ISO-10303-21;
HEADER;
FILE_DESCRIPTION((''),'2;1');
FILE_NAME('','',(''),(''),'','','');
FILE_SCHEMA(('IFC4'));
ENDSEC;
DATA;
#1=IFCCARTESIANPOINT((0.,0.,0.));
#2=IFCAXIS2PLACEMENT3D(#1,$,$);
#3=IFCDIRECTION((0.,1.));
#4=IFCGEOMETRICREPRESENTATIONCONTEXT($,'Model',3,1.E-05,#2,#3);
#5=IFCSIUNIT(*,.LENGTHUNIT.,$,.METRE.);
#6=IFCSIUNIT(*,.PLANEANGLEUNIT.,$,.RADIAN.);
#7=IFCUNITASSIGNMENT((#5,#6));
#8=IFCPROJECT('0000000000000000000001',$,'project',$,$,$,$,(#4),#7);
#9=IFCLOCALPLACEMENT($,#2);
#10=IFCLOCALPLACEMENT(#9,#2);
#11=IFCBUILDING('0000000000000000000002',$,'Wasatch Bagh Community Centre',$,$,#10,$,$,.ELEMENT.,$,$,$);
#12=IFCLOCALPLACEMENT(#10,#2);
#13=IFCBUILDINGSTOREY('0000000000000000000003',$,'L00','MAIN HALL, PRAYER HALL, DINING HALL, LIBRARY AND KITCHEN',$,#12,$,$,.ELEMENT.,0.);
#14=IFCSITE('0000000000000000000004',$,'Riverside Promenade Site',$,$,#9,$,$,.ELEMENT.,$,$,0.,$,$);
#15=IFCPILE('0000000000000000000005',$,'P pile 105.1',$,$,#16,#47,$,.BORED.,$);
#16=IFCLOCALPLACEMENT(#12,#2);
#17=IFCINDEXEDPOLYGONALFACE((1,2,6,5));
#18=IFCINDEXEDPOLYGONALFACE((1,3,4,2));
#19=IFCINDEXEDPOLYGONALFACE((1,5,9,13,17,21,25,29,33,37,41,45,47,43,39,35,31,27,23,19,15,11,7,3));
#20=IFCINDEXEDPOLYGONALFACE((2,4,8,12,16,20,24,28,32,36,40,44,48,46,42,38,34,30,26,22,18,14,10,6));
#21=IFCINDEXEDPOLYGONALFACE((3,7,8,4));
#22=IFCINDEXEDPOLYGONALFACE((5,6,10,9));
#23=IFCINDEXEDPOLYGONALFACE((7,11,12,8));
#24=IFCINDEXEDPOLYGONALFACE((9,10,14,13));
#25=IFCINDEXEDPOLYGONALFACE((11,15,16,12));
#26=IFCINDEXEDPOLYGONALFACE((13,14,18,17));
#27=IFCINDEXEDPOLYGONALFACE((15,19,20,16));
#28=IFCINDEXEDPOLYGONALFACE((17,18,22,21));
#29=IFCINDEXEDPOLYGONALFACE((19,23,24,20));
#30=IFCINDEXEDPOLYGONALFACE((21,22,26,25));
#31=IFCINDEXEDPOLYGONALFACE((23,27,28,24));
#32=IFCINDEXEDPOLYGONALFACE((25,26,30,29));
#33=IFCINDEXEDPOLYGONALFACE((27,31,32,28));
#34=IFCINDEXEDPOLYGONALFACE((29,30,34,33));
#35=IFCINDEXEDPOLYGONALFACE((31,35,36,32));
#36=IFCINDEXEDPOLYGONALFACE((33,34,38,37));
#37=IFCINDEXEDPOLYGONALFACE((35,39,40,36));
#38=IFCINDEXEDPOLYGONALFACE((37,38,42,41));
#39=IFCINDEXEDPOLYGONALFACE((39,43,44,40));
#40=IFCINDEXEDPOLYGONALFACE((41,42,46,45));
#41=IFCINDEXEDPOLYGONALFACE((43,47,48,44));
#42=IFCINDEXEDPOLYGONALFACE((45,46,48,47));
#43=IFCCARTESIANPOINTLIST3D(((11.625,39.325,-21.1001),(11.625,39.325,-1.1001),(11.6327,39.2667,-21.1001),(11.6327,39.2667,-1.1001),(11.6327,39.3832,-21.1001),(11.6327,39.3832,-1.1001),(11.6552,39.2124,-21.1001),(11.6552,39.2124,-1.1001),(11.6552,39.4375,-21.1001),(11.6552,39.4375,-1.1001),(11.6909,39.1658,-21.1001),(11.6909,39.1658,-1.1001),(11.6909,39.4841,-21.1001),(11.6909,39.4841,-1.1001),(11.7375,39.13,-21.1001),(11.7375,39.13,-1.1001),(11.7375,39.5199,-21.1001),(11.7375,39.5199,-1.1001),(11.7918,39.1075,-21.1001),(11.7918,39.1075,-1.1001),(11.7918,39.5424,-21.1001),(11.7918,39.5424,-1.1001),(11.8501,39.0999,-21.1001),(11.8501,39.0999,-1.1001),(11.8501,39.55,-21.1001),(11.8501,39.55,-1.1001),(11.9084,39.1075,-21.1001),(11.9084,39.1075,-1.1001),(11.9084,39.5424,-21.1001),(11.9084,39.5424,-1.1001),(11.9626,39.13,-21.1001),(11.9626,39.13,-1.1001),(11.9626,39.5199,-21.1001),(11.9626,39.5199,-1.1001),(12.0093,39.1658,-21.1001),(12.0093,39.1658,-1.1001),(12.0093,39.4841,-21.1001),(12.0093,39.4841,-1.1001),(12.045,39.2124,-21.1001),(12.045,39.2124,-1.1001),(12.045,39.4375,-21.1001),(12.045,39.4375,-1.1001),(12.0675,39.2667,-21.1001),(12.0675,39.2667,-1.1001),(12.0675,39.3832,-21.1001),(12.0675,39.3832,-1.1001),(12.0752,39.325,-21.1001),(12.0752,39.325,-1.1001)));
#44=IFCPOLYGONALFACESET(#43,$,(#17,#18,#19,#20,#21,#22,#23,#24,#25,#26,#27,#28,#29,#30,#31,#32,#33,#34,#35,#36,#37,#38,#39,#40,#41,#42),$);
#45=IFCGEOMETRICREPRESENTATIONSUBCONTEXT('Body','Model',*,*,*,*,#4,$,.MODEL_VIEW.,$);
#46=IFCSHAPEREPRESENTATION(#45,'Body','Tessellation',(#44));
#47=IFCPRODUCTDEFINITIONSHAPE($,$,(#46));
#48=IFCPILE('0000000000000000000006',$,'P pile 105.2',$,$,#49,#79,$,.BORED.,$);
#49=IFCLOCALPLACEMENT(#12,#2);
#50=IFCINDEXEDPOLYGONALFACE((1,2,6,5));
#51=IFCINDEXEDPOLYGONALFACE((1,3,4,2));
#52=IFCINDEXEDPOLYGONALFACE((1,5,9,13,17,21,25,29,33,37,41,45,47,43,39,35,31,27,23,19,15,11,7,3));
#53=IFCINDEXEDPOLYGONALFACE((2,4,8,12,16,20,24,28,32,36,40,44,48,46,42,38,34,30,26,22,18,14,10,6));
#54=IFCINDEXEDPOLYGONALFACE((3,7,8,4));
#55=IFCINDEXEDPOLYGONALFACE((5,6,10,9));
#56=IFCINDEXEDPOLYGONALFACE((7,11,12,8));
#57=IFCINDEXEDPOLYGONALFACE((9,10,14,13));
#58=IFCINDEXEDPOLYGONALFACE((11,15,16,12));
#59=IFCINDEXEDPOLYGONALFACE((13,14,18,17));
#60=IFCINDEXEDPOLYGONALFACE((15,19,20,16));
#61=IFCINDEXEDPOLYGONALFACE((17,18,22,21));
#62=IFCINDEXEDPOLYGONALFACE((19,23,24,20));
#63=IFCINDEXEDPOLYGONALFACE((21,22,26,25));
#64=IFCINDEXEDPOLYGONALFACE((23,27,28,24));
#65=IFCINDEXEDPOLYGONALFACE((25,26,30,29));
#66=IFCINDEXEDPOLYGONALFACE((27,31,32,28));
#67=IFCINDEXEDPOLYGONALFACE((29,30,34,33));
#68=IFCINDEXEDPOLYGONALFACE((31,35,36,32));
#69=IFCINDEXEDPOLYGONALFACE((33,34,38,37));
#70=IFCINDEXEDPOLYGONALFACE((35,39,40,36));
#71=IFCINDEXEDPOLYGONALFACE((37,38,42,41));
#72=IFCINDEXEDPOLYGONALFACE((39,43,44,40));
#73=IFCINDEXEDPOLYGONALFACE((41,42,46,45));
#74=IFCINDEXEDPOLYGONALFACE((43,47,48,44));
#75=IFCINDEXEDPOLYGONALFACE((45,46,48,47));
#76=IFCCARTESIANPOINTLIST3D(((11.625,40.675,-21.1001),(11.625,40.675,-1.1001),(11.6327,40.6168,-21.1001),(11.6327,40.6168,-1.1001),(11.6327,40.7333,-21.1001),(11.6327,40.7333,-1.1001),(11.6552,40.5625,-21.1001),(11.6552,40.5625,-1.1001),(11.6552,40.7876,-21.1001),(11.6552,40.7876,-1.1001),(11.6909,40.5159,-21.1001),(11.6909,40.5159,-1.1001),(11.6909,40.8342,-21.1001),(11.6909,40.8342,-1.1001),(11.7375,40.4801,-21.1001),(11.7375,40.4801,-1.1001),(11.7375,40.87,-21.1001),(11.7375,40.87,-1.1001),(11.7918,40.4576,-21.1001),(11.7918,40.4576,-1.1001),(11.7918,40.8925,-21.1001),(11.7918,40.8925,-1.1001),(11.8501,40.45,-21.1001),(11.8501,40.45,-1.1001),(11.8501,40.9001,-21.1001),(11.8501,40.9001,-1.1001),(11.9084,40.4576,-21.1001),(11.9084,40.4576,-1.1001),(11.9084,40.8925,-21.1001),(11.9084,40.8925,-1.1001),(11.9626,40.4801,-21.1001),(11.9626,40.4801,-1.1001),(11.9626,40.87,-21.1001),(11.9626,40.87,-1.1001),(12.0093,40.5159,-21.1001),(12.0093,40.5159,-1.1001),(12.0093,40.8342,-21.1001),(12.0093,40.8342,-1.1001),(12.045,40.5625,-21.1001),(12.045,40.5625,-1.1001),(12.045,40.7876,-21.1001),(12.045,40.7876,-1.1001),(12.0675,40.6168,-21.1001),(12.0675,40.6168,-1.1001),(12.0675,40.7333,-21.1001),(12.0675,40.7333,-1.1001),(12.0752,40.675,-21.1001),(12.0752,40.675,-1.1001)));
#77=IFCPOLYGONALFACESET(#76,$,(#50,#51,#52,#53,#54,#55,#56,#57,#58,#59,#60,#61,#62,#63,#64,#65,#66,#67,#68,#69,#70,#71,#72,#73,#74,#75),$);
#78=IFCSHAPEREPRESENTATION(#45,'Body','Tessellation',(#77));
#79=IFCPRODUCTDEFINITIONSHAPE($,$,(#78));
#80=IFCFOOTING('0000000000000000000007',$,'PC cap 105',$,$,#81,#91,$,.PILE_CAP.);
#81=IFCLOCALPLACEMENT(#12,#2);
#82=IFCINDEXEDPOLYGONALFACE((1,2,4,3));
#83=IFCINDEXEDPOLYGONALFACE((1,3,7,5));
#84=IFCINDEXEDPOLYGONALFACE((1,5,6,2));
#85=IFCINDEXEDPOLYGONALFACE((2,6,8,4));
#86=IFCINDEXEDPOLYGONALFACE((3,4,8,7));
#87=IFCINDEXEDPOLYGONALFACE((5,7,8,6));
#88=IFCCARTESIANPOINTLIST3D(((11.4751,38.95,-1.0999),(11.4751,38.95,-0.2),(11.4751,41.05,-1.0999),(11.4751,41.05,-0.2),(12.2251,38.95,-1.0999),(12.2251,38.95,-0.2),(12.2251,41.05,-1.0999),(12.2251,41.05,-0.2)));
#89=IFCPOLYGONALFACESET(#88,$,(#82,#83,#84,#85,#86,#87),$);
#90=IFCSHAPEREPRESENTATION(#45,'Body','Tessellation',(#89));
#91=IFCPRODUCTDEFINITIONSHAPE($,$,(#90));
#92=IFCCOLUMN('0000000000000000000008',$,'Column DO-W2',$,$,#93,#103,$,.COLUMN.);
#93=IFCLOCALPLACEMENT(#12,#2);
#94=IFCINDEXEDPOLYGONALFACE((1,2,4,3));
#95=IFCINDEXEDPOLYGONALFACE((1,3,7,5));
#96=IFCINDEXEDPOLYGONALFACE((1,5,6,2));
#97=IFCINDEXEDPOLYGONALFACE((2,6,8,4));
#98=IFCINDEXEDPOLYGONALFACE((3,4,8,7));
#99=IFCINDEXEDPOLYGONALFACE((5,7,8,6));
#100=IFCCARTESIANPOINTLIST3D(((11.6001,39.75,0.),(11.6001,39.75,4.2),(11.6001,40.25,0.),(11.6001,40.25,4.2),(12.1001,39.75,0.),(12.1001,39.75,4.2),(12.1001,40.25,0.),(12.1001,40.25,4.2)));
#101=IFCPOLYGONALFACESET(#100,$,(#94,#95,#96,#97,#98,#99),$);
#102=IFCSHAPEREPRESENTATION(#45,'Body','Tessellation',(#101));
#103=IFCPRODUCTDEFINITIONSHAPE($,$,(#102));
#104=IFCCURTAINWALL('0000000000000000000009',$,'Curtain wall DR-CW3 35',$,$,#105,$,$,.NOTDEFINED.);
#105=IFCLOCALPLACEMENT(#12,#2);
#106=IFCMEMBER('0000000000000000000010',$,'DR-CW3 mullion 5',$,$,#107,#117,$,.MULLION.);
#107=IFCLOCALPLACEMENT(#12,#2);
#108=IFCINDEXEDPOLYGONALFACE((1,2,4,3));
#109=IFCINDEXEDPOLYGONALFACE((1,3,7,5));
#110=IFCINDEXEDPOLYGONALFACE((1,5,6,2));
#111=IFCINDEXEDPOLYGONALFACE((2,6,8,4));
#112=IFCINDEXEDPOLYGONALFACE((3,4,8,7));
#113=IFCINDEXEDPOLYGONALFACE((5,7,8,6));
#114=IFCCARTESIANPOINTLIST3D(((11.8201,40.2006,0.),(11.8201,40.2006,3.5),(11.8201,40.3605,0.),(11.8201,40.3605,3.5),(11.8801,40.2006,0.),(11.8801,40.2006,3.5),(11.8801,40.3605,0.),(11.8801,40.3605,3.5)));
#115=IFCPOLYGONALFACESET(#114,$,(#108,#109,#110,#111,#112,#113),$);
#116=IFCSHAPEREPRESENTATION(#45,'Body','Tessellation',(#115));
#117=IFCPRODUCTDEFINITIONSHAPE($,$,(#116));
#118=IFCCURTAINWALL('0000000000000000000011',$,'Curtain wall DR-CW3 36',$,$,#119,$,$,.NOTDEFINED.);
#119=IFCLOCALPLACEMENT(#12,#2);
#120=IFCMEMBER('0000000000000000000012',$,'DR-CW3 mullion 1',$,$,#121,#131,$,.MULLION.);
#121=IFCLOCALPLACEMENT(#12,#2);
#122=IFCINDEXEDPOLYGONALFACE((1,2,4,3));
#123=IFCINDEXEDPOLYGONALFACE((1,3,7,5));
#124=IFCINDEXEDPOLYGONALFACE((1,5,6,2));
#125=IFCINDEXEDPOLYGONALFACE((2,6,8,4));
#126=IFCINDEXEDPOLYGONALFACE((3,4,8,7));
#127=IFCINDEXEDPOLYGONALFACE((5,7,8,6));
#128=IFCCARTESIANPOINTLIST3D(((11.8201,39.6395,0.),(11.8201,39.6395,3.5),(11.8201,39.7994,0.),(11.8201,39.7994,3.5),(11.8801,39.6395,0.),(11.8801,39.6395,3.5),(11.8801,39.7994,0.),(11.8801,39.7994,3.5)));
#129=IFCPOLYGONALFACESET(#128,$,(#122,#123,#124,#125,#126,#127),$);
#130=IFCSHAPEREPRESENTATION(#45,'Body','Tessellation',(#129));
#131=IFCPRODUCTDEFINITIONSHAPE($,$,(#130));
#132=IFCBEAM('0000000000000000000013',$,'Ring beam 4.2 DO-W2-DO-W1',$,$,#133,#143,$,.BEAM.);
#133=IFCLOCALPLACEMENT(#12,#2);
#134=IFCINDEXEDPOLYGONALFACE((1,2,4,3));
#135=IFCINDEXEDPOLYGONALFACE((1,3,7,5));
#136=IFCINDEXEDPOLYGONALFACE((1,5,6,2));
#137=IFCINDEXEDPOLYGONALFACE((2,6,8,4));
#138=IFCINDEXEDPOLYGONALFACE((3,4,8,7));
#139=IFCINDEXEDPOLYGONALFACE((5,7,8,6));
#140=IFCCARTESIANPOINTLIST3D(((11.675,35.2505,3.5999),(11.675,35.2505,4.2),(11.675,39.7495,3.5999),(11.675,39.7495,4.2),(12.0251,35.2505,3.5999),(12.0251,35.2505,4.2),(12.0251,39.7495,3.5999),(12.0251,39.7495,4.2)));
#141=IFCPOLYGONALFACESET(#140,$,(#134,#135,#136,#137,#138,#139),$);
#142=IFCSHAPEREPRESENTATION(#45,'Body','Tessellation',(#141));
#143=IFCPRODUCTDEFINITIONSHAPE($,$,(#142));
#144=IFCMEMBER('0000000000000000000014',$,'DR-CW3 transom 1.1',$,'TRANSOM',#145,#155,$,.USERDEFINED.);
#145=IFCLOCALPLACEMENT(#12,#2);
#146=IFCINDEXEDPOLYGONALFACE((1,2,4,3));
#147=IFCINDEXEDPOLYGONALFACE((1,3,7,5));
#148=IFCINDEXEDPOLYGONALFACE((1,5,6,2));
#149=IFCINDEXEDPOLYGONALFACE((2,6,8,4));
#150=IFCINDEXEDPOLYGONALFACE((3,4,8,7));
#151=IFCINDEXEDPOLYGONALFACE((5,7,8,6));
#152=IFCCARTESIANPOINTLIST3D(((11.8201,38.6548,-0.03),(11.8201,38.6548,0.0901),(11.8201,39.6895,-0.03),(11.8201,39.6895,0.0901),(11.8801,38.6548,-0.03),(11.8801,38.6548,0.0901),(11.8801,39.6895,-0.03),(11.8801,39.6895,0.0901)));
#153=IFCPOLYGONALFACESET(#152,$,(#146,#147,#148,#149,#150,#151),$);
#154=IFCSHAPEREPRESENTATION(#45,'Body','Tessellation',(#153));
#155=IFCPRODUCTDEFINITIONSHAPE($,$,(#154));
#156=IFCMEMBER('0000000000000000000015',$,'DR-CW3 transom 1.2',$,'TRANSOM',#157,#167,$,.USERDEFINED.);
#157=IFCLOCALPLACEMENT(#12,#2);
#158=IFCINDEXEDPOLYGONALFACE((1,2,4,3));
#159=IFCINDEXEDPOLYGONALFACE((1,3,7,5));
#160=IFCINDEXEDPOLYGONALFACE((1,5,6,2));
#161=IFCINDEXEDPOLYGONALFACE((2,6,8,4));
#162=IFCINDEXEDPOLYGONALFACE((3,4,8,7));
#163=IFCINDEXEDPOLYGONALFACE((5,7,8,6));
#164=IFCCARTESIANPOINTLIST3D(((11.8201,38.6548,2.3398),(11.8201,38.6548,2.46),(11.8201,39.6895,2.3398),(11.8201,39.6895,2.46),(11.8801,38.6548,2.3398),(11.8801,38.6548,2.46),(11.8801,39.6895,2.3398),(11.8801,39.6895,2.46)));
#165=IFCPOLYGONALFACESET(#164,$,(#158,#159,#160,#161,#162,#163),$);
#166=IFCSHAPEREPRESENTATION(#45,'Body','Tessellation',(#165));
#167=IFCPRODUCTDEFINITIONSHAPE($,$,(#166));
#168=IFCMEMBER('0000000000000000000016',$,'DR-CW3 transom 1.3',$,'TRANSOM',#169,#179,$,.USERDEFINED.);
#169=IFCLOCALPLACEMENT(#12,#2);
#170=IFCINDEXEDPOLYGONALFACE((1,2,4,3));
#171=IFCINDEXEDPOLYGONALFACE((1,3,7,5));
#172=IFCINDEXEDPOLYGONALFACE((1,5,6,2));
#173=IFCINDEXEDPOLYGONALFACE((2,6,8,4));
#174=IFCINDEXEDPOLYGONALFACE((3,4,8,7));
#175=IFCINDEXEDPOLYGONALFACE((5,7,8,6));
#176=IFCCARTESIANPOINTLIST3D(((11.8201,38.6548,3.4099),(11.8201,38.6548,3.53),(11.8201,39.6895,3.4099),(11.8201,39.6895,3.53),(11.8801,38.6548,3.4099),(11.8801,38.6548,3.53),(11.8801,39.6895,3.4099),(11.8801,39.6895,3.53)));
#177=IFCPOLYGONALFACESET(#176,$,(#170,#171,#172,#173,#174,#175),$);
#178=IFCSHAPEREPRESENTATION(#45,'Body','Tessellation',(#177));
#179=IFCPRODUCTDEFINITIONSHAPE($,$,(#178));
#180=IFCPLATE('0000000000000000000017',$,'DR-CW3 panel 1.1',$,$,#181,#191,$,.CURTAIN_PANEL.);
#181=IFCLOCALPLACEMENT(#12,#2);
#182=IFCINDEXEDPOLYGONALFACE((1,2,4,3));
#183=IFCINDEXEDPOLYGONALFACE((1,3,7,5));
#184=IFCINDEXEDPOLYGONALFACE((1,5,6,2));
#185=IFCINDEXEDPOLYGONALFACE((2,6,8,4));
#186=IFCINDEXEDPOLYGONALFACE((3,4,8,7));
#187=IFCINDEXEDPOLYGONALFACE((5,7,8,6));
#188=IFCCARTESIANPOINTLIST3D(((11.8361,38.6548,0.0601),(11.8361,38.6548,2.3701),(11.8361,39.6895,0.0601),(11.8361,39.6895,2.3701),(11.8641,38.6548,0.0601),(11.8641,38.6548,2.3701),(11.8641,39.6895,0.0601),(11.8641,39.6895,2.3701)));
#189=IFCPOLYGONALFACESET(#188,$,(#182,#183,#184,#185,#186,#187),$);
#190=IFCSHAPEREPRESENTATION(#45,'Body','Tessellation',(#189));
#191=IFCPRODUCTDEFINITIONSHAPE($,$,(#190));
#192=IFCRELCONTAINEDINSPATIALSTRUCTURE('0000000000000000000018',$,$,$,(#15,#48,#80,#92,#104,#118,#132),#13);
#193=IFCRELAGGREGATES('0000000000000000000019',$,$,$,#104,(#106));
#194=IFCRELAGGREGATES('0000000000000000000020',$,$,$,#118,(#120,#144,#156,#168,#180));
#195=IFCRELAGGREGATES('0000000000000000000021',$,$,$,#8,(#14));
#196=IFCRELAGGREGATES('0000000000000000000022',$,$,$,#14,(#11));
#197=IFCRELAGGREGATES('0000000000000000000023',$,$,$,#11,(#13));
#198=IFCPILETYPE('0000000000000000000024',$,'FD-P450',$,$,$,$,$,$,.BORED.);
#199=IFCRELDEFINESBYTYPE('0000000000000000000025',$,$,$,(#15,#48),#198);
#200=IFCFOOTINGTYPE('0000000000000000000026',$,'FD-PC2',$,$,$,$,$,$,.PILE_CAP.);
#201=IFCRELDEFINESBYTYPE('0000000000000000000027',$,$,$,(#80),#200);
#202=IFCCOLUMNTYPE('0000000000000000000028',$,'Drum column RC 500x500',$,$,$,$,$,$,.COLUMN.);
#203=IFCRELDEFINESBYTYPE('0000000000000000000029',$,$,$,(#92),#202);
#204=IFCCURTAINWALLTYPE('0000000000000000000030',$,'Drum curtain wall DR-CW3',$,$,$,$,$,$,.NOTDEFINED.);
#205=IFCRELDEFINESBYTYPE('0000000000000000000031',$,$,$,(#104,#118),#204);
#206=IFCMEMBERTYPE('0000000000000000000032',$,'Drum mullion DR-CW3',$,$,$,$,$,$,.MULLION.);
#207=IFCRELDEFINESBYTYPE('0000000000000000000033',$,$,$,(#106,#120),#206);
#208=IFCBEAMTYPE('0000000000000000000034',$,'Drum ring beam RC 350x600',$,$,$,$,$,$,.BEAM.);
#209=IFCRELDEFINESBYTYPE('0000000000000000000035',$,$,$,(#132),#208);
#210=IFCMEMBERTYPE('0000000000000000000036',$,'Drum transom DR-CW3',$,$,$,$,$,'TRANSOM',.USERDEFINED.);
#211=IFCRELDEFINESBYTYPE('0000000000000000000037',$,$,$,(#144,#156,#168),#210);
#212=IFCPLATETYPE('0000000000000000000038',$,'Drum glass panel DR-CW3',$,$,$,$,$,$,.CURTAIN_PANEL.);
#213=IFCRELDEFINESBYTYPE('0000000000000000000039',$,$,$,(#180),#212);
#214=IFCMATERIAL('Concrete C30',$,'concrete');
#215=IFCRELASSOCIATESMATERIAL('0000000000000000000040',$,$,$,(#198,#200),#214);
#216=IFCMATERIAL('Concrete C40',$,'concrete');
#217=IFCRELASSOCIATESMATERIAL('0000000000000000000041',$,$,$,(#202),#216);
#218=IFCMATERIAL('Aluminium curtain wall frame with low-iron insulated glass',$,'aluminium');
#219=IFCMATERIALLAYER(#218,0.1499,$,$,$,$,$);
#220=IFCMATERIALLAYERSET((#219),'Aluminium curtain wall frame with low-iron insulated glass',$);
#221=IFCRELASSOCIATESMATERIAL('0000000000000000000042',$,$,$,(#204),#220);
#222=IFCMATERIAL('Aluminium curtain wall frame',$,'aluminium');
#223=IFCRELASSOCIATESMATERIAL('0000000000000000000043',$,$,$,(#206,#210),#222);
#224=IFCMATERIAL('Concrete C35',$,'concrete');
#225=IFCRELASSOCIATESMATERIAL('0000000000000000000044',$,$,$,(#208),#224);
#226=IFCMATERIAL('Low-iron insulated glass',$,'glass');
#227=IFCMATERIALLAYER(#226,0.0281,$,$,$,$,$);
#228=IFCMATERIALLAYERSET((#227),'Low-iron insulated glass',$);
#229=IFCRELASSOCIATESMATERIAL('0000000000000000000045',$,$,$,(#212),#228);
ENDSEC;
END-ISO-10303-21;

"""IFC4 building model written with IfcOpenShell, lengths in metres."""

from ifc_helpers import new_model, si_unit, direction, frame, origin, origin_2d, place, context, subcontext, project, spatial, rectangle, circle, extrude, material, layer, layer_set, material_profile, profile_set, type_object, element, aggregate, save


model = new_model("IFC4")

# Units and contexts
model_context = context("Model", 3, precision=1e-05, world=origin(), true_north=direction((0.0, 1.0)))
body_context = subcontext(model_context, "Body", "Model", "MODEL_VIEW")
ifc_project = project(units=[si_unit("LENGTHUNIT", "METRE"), si_unit("PLANEANGLEUNIT", "RADIAN")], contexts=[model_context])

# Site, building, storey
site_placement = place(None, origin())
site = spatial("IfcSite", under=ifc_project, at=site_placement, Name="Riverside Promenade Site", CompositionType="ELEMENT", RefElevation=0.0)
building_placement = place(site_placement, origin())
building = spatial("IfcBuilding", under=site, at=building_placement, Name="Wasatch Bagh Community Centre", CompositionType="ELEMENT")
storey_placement = place(building_placement, origin())
storey = spatial("IfcBuildingStorey", under=building, at=storey_placement, Name="L00", Description="MAIN HALL, PRAYER HALL, DINING HALL, LIBRARY AND KITCHEN", CompositionType="ELEMENT", Elevation=0.0)

# Piles
ifc_material_1 = material(Name="Concrete C30", Category="concrete")
ifc_material_profile_1 = material_profile(ifc_material_1, circle(Radius=0.2251, at=origin_2d()), Name="RC D450")
ifc_profile_set_1 = profile_set([ifc_material_profile_1], Name="Concrete C30")
pile_type = type_object("IfcPileType", Name="FD-P450", PredefinedType="BORED", material=ifc_profile_set_1)
for number, where, z_axis, x_axis, name in (
    (1, (11.8501, 39.325, -1.1001), (0.0, 0.0, -1.0), (1.0, 0.0, 0.0), "P pile 105.1"),
    (2, (11.8501, 40.675, -1.1001), (0.0, 0.0, -1.0), (1.0, 0.0, 0.0), "P pile 105.2"),
):
    element("IfcPile", number, at=place(storey_placement, frame(where, z_axis=z_axis, x_axis=x_axis)), inside=storey, type_object=pile_type, Name=name, PredefinedType="BORED", context=body_context, shape_type="SweptSolid", body=[
        extrude(circle(Radius=0.2251, at=origin_2d()), origin(), (0.0, 0.0, 1.0), 20.0),
    ])

# Footing
footing_type = type_object("IfcFootingType", Name="FD-PC2", PredefinedType="PILE_CAP", material=ifc_material_1)
footing_placement = place(storey_placement, frame((11.8501, 40.0, -1.0999), z_axis=(0.0, 0.0, 1.0), x_axis=(0.0, 1.0, 0.0)))
element("IfcFooting", 3, at=footing_placement, inside=storey, type_object=footing_type, Name="PC cap 105", PredefinedType="PILE_CAP", context=body_context, shape_type="SweptSolid", body=[
    extrude(rectangle(XDim=2.1001, YDim=0.75, at=origin_2d()), origin(), (0.0, 0.0, 1.0), 0.8999),
])

# Column
ifc_material_2 = material(Name="Concrete C40", Category="concrete")
ifc_material_profile_2 = material_profile(ifc_material_2, rectangle(XDim=0.5, YDim=0.5, at=origin_2d()), Name="RC 500x500")
ifc_profile_set_2 = profile_set([ifc_material_profile_2], Name="Concrete C40")
column_type = type_object("IfcColumnType", Name="Drum column RC 500x500", PredefinedType="COLUMN", material=ifc_profile_set_2)
column_placement = place(storey_placement, frame((11.8501, 40.0, 0.0), z_axis=(0.0, 0.0, 1.0), x_axis=(1.0, 0.0, 0.0)))
element("IfcColumn", 4, at=column_placement, inside=storey, type_object=column_type, Name="Column DO-W2", PredefinedType="COLUMN", context=body_context, shape_type="SweptSolid", body=[
    extrude(rectangle(XDim=0.5, YDim=0.5, at=origin_2d()), origin(), (0.0, 0.0, 1.0), 4.2),
])

# Curtain walls, members
ifc_material_3 = material(Name="Aluminium curtain wall frame with low-iron insulated glass", Category="aluminium")
ifc_layer_1 = layer(ifc_material_3, 0.1499)
ifc_layer_set_1 = layer_set([ifc_layer_1], Name="Aluminium curtain wall frame with low-iron insulated glass")
curtain_wall_type = type_object("IfcCurtainWallType", Name="Drum curtain wall DR-CW3", PredefinedType="NOTDEFINED", material=ifc_layer_set_1)
curtain_wall_1_placement = place(storey_placement, origin())
curtain_wall_1 = element("IfcCurtainWall", 5, at=curtain_wall_1_placement, inside=storey, type_object=curtain_wall_type, Name="Curtain wall DR-CW3 35", PredefinedType="NOTDEFINED")
ifc_material_4 = material(Name="Aluminium curtain wall frame", Category="aluminium")
ifc_material_profile_3 = material_profile(ifc_material_4, rectangle(XDim=0.0601, YDim=0.1599, at=origin_2d()), Name="Drum mullion DR-CW3")
ifc_profile_set_3 = profile_set([ifc_material_profile_3], Name="Aluminium curtain wall frame")
member_type_1 = type_object("IfcMemberType", Name="Drum mullion DR-CW3", PredefinedType="MULLION", material=ifc_profile_set_3)
member_1_placement = place(storey_placement, frame((11.8501, 40.2805, 0.0), z_axis=(0.0, 0.0, 1.0), x_axis=(1.0, 0.0, 0.0)))
member_1 = element("IfcMember", 6, at=member_1_placement, type_object=member_type_1, Name="DR-CW3 mullion 5", PredefinedType="MULLION", context=body_context, shape_type="SweptSolid", body=[
    extrude(rectangle(XDim=0.0601, YDim=0.1599, at=origin_2d()), origin(), (0.0, 0.0, 1.0), 3.5),
])
aggregate(curtain_wall_1, [member_1])
curtain_wall_2_placement = place(storey_placement, origin())
curtain_wall_2 = element("IfcCurtainWall", 7, at=curtain_wall_2_placement, inside=storey, type_object=curtain_wall_type, Name="Curtain wall DR-CW3 36", PredefinedType="NOTDEFINED")
member_2_placement = place(storey_placement, frame((11.8501, 39.7195, 0.0), z_axis=(0.0, 0.0, 1.0), x_axis=(1.0, 0.0, 0.0)))
member_2 = element("IfcMember", 8, at=member_2_placement, type_object=member_type_1, Name="DR-CW3 mullion 1", PredefinedType="MULLION", context=body_context, shape_type="SweptSolid", body=[
    extrude(rectangle(XDim=0.0601, YDim=0.1599, at=origin_2d()), origin(), (0.0, 0.0, 1.0), 3.5),
])

# Beam
ifc_material_5 = material(Name="Concrete C35", Category="concrete")
ifc_material_profile_4 = material_profile(ifc_material_5, rectangle(XDim=0.3501, YDim=0.6001, at=origin_2d()), Name="RC 350x600")
ifc_profile_set_4 = profile_set([ifc_material_profile_4], Name="Concrete C35")
beam_type = type_object("IfcBeamType", Name="Drum ring beam RC 350x600", PredefinedType="BEAM", material=ifc_profile_set_4)
beam_placement = place(storey_placement, frame((11.8501, 39.7495, 3.8999), z_axis=(0.0, -1.0, 0.0), x_axis=(1.0, 0.0, 0.0)))
element("IfcBeam", 9, at=beam_placement, inside=storey, type_object=beam_type, Name="Ring beam 4.2 DO-W2-DO-W1", PredefinedType="BEAM", context=body_context, shape_type="SweptSolid", body=[
    extrude(rectangle(XDim=0.3501, YDim=0.6001, at=origin_2d()), origin(), (0.0, 0.0, 1.0), 4.499),
])

# Members
ifc_material_profile_5 = material_profile(ifc_material_4, rectangle(XDim=0.0601, YDim=0.1201, at=origin_2d()), Name="Drum transom DR-CW3")
ifc_profile_set_5 = profile_set([ifc_material_profile_5], Name="Aluminium curtain wall frame")
member_type_2 = type_object("IfcMemberType", Name="Drum transom DR-CW3", ElementType="TRANSOM", PredefinedType="USERDEFINED", material=ifc_profile_set_5)
member_3_placement = place(storey_placement, frame((11.8501, 39.6895, 0.03), z_axis=(0.0, -1.0, 0.0), x_axis=(1.0, 0.0, 0.0)))
member_3 = element("IfcMember", 10, at=member_3_placement, type_object=member_type_2, Name="DR-CW3 transom 1.1", ObjectType="TRANSOM", PredefinedType="USERDEFINED", context=body_context, shape_type="SweptSolid", body=[
    extrude(rectangle(XDim=0.0601, YDim=0.1201, at=origin_2d()), origin(), (0.0, 0.0, 1.0), 1.0347),
])
member_4_placement = place(storey_placement, frame((11.8501, 39.6895, 2.3999), z_axis=(0.0, -1.0, 0.0), x_axis=(1.0, 0.0, 0.0)))
member_4 = element("IfcMember", 11, at=member_4_placement, type_object=member_type_2, Name="DR-CW3 transom 1.2", ObjectType="TRANSOM", PredefinedType="USERDEFINED", context=body_context, shape_type="SweptSolid", body=[
    extrude(rectangle(XDim=0.0601, YDim=0.1201, at=origin_2d()), origin(), (0.0, 0.0, 1.0), 1.0347),
])
member_5_placement = place(storey_placement, frame((11.8501, 39.6895, 3.47), z_axis=(0.0, -1.0, 0.0), x_axis=(1.0, 0.0, 0.0)))
member_5 = element("IfcMember", 12, at=member_5_placement, type_object=member_type_2, Name="DR-CW3 transom 1.3", ObjectType="TRANSOM", PredefinedType="USERDEFINED", context=body_context, shape_type="SweptSolid", body=[
    extrude(rectangle(XDim=0.0601, YDim=0.1201, at=origin_2d()), origin(), (0.0, 0.0, 1.0), 1.0347),
])

# Plate
ifc_material_6 = material(Name="Low-iron insulated glass", Category="glass")
ifc_layer_2 = layer(ifc_material_6, 0.0281)
ifc_layer_set_2 = layer_set([ifc_layer_2], Name="Low-iron insulated glass")
plate_type = type_object("IfcPlateType", Name="Drum glass panel DR-CW3", PredefinedType="CURTAIN_PANEL", material=ifc_layer_set_2)
plate_1_placement = place(storey_placement, frame((11.8501, 39.1721, 0.0601), z_axis=(0.0, 0.0, 1.0), x_axis=(0.0, -1.0, 0.0)))
plate_1 = element("IfcPlate", 13, at=plate_1_placement, type_object=plate_type, Name="DR-CW3 panel 1.1", PredefinedType="CURTAIN_PANEL", context=body_context, shape_type="SweptSolid", body=[
    extrude(rectangle(XDim=1.0347, YDim=0.0281, at=origin_2d()), origin(), (0.0, 0.0, 1.0), 2.3101),
])
aggregate(curtain_wall_2, [member_2, member_3, member_4, member_5, plate_1])

save(model, "model.ifc")
